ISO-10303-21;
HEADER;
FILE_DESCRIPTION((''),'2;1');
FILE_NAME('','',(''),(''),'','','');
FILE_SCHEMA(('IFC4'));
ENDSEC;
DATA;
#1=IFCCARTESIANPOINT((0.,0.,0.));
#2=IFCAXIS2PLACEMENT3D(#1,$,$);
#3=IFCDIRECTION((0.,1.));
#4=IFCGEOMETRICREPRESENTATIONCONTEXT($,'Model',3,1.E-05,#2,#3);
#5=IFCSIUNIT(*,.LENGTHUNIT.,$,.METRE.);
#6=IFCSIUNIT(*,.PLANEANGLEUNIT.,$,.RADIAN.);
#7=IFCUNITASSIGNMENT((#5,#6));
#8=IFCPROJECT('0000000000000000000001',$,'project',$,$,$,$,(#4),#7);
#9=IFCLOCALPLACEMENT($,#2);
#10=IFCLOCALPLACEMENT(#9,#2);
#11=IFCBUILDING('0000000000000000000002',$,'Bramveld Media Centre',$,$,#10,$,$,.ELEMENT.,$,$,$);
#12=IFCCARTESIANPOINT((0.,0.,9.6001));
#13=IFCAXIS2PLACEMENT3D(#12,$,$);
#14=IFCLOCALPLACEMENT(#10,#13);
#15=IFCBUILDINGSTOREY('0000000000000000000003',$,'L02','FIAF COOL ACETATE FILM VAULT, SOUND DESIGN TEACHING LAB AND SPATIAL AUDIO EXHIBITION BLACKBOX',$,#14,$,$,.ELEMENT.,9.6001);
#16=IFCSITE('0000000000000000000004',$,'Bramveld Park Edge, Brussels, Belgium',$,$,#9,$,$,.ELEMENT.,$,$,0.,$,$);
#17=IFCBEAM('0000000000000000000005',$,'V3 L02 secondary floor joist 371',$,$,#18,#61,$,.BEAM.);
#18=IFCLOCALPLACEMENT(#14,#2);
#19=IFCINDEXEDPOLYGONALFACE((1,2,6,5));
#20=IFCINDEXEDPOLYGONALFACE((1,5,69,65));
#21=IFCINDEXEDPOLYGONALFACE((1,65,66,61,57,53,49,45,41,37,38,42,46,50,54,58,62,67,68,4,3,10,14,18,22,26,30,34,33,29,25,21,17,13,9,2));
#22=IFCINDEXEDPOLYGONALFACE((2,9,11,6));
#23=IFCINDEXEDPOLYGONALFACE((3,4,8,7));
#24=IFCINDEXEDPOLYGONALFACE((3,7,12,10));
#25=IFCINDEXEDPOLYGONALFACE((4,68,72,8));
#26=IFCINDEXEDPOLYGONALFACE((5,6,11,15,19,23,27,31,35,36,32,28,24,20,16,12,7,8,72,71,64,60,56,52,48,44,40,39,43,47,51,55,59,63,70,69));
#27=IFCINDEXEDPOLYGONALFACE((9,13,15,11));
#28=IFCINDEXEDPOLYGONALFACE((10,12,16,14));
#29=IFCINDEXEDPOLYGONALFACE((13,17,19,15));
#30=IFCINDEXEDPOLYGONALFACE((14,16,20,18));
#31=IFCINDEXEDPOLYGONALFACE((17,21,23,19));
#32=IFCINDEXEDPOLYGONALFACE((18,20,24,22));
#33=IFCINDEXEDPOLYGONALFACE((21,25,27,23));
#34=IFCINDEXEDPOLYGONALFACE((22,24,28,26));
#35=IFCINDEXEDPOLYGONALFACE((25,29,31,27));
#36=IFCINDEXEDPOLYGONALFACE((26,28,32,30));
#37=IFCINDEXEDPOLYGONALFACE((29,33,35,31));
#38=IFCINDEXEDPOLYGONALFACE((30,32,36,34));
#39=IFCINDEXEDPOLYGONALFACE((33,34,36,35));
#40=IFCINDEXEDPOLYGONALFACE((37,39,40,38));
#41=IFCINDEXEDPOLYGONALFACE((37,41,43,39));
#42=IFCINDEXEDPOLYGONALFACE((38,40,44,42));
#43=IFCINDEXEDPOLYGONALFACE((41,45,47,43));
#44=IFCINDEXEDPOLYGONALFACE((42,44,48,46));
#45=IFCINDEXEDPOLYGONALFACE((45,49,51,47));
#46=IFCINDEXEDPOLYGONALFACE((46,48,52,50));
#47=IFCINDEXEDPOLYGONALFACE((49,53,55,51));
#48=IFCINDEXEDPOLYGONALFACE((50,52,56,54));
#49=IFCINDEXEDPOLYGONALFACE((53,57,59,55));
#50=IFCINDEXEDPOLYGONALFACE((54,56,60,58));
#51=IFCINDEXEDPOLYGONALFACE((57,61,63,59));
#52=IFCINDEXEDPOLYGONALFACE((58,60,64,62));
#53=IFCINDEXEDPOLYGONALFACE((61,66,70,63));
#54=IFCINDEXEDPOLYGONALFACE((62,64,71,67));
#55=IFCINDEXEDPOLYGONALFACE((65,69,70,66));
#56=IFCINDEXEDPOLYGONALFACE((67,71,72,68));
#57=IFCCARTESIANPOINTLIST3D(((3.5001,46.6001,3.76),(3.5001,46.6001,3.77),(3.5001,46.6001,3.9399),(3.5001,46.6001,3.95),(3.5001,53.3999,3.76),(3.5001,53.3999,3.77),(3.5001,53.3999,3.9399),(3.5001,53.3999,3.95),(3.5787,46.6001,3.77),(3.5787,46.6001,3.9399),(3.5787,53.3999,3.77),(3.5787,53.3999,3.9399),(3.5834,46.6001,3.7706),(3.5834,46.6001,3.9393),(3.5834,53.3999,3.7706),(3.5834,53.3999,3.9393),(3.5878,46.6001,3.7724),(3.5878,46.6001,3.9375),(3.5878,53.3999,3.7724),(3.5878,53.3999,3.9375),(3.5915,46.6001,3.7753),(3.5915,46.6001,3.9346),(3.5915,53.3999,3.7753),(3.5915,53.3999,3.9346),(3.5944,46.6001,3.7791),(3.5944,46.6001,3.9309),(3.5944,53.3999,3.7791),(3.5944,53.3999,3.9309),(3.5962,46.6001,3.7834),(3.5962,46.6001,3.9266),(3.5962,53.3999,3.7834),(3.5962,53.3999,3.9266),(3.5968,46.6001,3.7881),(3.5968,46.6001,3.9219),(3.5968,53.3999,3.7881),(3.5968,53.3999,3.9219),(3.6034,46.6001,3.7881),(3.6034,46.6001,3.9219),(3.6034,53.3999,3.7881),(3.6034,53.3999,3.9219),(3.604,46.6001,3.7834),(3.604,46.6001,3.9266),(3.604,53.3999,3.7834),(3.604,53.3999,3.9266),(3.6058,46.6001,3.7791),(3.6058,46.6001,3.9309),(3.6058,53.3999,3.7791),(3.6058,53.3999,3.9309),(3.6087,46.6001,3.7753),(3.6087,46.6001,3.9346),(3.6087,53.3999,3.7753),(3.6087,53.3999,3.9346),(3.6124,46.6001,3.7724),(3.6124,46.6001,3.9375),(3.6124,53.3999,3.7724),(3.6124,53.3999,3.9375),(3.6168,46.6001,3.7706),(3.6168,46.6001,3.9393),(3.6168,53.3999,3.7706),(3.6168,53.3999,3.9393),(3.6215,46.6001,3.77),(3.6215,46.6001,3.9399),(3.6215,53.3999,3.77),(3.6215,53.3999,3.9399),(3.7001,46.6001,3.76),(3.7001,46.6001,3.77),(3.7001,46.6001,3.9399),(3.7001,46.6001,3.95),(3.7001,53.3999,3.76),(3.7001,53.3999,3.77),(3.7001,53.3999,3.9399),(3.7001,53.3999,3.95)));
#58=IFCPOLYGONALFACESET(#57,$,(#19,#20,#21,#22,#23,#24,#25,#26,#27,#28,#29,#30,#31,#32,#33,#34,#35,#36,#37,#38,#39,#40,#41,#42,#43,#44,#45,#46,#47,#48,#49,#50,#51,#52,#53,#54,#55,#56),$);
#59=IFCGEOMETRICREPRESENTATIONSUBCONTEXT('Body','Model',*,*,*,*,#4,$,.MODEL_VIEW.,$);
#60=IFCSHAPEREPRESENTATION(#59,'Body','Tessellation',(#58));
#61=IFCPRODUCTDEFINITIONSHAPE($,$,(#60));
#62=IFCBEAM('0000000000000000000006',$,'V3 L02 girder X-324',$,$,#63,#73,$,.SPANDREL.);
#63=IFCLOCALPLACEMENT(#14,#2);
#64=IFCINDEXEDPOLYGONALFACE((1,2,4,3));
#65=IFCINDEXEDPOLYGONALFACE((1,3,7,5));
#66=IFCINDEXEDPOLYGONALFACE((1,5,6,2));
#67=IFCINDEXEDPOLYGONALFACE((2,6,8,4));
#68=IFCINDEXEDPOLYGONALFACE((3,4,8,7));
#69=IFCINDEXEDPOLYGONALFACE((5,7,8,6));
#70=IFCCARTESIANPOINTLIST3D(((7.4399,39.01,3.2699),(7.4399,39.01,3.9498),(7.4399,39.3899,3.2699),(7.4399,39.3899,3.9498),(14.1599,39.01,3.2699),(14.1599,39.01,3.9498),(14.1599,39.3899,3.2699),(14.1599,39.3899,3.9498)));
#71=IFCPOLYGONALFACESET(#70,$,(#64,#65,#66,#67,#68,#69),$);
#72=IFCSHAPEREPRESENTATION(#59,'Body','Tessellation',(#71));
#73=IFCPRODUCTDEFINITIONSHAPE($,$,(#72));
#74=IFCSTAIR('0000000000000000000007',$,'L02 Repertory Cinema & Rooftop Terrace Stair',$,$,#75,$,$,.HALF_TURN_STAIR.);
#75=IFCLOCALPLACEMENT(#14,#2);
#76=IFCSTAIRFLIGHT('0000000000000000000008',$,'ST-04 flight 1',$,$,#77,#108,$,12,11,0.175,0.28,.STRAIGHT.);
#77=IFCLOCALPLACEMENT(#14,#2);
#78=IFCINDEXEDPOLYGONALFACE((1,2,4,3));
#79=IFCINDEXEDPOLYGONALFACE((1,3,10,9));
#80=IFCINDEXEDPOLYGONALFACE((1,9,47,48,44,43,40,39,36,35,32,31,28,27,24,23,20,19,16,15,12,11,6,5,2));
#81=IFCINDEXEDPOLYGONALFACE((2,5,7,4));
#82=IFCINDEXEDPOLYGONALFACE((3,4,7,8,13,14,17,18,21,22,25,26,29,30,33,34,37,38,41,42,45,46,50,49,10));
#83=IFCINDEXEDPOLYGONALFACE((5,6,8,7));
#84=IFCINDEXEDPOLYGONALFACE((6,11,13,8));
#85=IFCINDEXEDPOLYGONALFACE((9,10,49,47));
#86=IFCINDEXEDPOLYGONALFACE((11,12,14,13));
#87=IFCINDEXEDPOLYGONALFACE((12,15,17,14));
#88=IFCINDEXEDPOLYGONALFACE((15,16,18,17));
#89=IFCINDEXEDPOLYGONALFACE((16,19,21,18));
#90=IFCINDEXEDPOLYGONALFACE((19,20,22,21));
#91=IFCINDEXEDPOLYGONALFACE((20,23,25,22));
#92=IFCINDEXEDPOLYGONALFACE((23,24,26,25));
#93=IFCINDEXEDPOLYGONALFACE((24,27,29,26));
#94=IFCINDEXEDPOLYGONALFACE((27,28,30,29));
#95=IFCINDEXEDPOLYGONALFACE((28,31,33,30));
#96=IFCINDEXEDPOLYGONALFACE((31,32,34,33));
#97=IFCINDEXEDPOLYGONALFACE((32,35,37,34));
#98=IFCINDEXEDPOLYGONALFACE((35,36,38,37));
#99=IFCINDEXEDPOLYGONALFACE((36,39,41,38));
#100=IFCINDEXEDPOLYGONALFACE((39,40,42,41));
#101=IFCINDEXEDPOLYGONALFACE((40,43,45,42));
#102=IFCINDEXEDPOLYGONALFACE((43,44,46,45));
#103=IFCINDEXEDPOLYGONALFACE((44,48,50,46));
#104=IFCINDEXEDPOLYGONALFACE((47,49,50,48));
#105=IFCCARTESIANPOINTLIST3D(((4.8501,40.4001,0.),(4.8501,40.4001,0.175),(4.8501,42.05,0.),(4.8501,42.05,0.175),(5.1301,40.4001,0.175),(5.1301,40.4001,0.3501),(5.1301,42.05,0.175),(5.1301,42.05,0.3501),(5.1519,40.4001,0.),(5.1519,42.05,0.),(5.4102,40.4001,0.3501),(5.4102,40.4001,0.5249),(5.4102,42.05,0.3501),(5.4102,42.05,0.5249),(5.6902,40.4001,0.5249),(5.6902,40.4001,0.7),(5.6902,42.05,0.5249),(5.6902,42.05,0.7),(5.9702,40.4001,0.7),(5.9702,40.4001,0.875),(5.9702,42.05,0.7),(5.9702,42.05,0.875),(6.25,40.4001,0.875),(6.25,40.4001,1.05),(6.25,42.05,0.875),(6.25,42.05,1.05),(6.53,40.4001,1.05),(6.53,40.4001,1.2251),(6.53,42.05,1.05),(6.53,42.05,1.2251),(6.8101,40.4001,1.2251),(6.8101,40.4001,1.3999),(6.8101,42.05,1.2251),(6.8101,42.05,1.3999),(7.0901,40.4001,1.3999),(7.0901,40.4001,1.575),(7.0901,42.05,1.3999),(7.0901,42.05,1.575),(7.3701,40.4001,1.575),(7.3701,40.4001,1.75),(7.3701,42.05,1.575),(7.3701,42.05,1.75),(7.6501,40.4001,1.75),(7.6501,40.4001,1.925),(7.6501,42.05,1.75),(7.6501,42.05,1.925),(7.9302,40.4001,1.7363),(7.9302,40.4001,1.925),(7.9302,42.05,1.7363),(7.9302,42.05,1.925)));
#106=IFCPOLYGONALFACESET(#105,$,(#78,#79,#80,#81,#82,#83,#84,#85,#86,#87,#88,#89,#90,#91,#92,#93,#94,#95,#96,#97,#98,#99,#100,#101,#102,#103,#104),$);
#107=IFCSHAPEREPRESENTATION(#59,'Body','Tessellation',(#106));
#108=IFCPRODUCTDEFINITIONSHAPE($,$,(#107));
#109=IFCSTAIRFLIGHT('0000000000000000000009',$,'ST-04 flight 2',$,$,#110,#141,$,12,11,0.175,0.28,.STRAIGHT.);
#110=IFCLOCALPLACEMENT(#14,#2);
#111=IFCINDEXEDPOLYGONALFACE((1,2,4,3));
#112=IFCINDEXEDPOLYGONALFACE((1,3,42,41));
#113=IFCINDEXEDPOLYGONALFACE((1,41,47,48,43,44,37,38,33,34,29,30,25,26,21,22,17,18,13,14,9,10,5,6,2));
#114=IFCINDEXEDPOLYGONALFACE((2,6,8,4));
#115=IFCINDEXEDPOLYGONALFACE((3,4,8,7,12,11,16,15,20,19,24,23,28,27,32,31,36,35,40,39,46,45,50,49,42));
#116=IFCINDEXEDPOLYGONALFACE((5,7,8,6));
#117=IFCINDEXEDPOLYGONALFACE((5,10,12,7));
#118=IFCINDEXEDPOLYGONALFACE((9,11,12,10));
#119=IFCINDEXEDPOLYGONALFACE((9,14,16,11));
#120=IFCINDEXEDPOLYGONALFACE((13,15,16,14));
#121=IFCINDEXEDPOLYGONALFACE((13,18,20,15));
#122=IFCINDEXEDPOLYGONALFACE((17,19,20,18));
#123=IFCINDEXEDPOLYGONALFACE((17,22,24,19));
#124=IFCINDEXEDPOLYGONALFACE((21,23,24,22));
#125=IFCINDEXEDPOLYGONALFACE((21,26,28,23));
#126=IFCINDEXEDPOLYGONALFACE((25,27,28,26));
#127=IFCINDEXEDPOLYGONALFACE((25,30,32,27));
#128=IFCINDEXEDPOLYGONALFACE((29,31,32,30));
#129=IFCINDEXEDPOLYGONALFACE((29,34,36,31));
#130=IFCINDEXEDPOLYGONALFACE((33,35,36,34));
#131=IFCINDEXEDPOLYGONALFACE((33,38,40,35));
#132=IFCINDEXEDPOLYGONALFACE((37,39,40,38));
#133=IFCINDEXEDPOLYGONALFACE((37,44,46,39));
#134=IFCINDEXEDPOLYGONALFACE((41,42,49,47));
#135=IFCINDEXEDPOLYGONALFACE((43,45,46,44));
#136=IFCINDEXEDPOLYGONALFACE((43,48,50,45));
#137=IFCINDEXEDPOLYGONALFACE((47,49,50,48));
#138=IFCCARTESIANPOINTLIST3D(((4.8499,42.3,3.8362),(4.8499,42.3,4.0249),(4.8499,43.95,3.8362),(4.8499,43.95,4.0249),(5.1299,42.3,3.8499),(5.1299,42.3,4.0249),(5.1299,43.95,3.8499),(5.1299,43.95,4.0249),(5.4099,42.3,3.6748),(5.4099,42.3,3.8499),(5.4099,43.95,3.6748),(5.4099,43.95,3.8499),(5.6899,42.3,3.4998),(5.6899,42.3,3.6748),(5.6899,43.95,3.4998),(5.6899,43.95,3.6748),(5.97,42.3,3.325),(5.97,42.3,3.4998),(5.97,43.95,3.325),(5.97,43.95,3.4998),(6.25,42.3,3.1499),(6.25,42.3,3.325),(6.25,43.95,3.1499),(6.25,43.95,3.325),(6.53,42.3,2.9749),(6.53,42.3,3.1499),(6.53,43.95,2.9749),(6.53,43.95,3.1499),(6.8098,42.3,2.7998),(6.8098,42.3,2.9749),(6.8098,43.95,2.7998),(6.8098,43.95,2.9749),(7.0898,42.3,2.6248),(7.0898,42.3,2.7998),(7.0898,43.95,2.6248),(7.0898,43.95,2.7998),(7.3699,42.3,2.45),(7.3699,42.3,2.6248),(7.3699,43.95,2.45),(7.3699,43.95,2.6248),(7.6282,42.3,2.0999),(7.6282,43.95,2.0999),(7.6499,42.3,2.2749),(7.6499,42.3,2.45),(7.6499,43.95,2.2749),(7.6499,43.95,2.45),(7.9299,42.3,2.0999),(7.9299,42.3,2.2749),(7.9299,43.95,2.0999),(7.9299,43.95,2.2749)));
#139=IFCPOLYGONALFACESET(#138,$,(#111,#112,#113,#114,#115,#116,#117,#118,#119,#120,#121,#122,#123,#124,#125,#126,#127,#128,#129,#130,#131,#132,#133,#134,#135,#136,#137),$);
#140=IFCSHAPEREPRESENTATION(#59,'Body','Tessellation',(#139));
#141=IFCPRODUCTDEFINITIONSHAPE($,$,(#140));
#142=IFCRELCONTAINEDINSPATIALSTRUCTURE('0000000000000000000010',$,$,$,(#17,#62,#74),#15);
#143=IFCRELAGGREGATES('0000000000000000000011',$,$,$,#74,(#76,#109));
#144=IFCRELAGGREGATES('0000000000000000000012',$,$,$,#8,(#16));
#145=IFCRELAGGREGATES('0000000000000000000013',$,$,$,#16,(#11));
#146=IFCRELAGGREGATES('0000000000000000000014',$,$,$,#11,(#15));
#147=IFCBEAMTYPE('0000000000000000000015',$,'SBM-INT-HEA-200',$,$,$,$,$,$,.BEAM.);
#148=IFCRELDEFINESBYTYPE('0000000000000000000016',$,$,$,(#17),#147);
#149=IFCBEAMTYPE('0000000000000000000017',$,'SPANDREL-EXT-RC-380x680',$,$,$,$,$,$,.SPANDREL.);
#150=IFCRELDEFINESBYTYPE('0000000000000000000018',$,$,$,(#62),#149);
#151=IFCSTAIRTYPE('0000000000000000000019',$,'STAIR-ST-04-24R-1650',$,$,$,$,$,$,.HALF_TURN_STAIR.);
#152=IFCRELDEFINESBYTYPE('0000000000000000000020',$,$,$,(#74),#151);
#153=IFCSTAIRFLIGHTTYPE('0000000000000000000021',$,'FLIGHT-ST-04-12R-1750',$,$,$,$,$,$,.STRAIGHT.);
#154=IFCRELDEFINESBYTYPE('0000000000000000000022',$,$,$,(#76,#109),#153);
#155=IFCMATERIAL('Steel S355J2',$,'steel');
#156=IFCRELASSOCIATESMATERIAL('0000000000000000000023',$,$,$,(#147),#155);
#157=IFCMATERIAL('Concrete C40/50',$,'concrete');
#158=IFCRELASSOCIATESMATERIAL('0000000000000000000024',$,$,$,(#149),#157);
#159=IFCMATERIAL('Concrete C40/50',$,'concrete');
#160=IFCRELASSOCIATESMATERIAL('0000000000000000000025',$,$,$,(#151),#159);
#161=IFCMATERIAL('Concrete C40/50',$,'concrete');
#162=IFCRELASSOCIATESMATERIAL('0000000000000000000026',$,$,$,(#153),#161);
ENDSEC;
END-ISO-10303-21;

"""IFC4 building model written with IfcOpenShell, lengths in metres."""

from ifc_helpers import new_model, si_unit, direction, frame, origin, origin_2d, place, context, subcontext, project, spatial, polyline, rectangle, i_section, outline, extrude, material, material_profile, profile_set, type_object, element, aggregate, save


model = new_model("IFC4")

# Units and contexts
model_context = context("Model", 3, precision=1e-05, world=origin(), true_north=direction((0.0, 1.0)))
body_context = subcontext(model_context, "Body", "Model", "MODEL_VIEW")
ifc_project = project(units=[si_unit("LENGTHUNIT", "METRE"), si_unit("PLANEANGLEUNIT", "RADIAN")], contexts=[model_context])

# Site, building, storey
site_placement = place(None, origin())
site = spatial("IfcSite", under=ifc_project, at=site_placement, Name="Bramveld Park Edge, Brussels, Belgium", CompositionType="ELEMENT", RefElevation=0.0)
building_placement = place(site_placement, origin())
building = spatial("IfcBuilding", under=site, at=building_placement, Name="Bramveld Media Centre", CompositionType="ELEMENT")
storey_placement = place(building_placement, frame((0.0, 0.0, 9.6001)))
storey = spatial("IfcBuildingStorey", under=building, at=storey_placement, Name="L02", Description="FIAF COOL ACETATE FILM VAULT, SOUND DESIGN TEACHING LAB AND SPATIAL AUDIO EXHIBITION BLACKBOX", CompositionType="ELEMENT", Elevation=9.6001)

# Beams
ifc_material_1 = material(Name="Steel S355J2", Category="steel")
ifc_material_profile_1 = material_profile(ifc_material_1, i_section(OverallWidth=0.2, OverallDepth=0.1899, WebThickness=0.0066, FlangeThickness=0.01, FilletRadius=0.0181, at=origin_2d()), Name="HEA 200")
ifc_profile_set_1 = profile_set([ifc_material_profile_1], Name="Steel S355J2")
beam_type_1 = type_object("IfcBeamType", Name="SBM-INT-HEA-200", PredefinedType="BEAM", material=ifc_profile_set_1)
beam_1_placement = place(storey_placement, frame((3.6001, 46.6001, 3.855), z_axis=(0.0, 1.0, 0.0), x_axis=(-1.0, 0.0, 0.0)))
element("IfcBeam", 1, at=beam_1_placement, inside=storey, type_object=beam_type_1, Name="V3 L02 secondary floor joist 371", PredefinedType="BEAM", context=body_context, shape_type="SweptSolid", body=[
    extrude(i_section(OverallWidth=0.2, OverallDepth=0.1899, WebThickness=0.0066, FlangeThickness=0.01, FilletRadius=0.0181, at=origin_2d()), origin(), (0.0, 0.0, 1.0), 6.7998),
])
ifc_material_2 = material(Name="Concrete C40/50", Category="concrete")
ifc_material_profile_2 = material_profile(ifc_material_2, rectangle(XDim=0.3799, YDim=0.6799, at=origin_2d()), Name="RC 380x680")
ifc_profile_set_2 = profile_set([ifc_material_profile_2], Name="Concrete C40/50")
beam_type_2 = type_object("IfcBeamType", Name="SPANDREL-EXT-RC-380x680", PredefinedType="SPANDREL", material=ifc_profile_set_2)
beam_2_placement = place(storey_placement, frame((7.4399, 39.2, 3.6099), z_axis=(1.0, 0.0, 0.0), x_axis=(0.0, 1.0, 0.0)))
element("IfcBeam", 2, at=beam_2_placement, inside=storey, type_object=beam_type_2, Name="V3 L02 girder X-324", PredefinedType="SPANDREL", context=body_context, shape_type="SweptSolid", body=[
    extrude(rectangle(XDim=0.3799, YDim=0.6799, at=origin_2d()), origin(), (0.0, 0.0, 1.0), 6.72),
])

# Stair, stair flights
ifc_material_3 = material(Name="Concrete C40/50", Category="concrete")
stair_type = type_object("IfcStairType", Name="STAIR-ST-04-24R-1650", PredefinedType="HALF_TURN_STAIR", material=ifc_material_3)
stair_placement = place(storey_placement, origin())
stair = element("IfcStair", 3, at=stair_placement, inside=storey, type_object=stair_type, Name="L02 Repertory Cinema & Rooftop Terrace Stair", PredefinedType="HALF_TURN_STAIR")
ifc_material_4 = material(Name="Concrete C40/50", Category="concrete")
stair_flight_type = type_object("IfcStairFlightType", Name="FLIGHT-ST-04-12R-1750", PredefinedType="STRAIGHT", material=ifc_material_4)
stair_flight_1_placement = place(storey_placement, frame((4.8501, 41.2251, 0.0), z_axis=(0.0, 0.0, 1.0), x_axis=(1.0, 0.0, 0.0)))
stair_flight_1 = element("IfcStairFlight", 4, at=stair_flight_1_placement, type_object=stair_flight_type, Name="ST-04 flight 1", NumberOfRisers=12, NumberOfTreads=11, PredefinedType="STRAIGHT", RiserHeight=0.175, TreadLength=0.28, context=body_context, shape_type="SweptSolid", body=[
    extrude(outline(polyline([(0.0, 0.0), (0.0, 0.175), (0.28, 0.175), (0.28, 0.3501), (0.5601, 0.3501), (0.5601, 0.5249), (0.8401, 0.5249), (0.8401, 0.7), (1.1201, 0.7), (1.1201, 0.875), (1.3999, 0.875), (1.3999, 1.05), (1.6799, 1.05), (1.6799, 1.2251), (1.96, 1.2251), (1.96, 1.3999), (2.24, 1.3999), (2.24, 1.575), (2.52, 1.575), (2.52, 1.75), (2.8, 1.75), (2.8, 1.925), (3.0801, 1.925), (3.0801, 2.1001), (3.0801, 1.7363), (0.3018, 0.0), (0.0, 0.0)])), frame((0.0, 0.825, 0.0), z_axis=(0.0, -1.0, 0.0), x_axis=(1.0, 0.0, 0.0)), (0.0, 0.0, 1.0), 1.6499),
])
stair_flight_2_placement = place(storey_placement, frame((7.9299, 43.125, 2.0999), z_axis=(0.0, 0.0, 1.0), x_axis=(-1.0, 0.0, 0.0)))
stair_flight_2 = element("IfcStairFlight", 5, at=stair_flight_2_placement, type_object=stair_flight_type, Name="ST-04 flight 2", NumberOfRisers=12, NumberOfTreads=11, PredefinedType="STRAIGHT", RiserHeight=0.175, TreadLength=0.28, context=body_context, shape_type="SweptSolid", body=[
    extrude(outline(polyline([(0.0, 0.0), (0.0, 0.175), (0.28, 0.175), (0.28, 0.3501), (0.5601, 0.3501), (0.5601, 0.5249), (0.8401, 0.5249), (0.8401, 0.7), (1.1201, 0.7), (1.1201, 0.875), (1.3999, 0.875), (1.3999, 1.05), (1.6799, 1.05), (1.6799, 1.2251), (1.96, 1.2251), (1.96, 1.3999), (2.24, 1.3999), (2.24, 1.575), (2.52, 1.575), (2.52, 1.75), (2.8, 1.75), (2.8, 1.925), (3.0801, 1.925), (3.0801, 2.1001), (3.0801, 1.7363), (0.3018, 0.0), (0.0, 0.0)])), frame((0.0, 0.825, 0.0), z_axis=(0.0, -1.0, 0.0), x_axis=(1.0, 0.0, 0.0)), (0.0, 0.0, 1.0), 1.6499),
])
aggregate(stair, [stair_flight_1, stair_flight_2])

save(model, "model.ifc")
